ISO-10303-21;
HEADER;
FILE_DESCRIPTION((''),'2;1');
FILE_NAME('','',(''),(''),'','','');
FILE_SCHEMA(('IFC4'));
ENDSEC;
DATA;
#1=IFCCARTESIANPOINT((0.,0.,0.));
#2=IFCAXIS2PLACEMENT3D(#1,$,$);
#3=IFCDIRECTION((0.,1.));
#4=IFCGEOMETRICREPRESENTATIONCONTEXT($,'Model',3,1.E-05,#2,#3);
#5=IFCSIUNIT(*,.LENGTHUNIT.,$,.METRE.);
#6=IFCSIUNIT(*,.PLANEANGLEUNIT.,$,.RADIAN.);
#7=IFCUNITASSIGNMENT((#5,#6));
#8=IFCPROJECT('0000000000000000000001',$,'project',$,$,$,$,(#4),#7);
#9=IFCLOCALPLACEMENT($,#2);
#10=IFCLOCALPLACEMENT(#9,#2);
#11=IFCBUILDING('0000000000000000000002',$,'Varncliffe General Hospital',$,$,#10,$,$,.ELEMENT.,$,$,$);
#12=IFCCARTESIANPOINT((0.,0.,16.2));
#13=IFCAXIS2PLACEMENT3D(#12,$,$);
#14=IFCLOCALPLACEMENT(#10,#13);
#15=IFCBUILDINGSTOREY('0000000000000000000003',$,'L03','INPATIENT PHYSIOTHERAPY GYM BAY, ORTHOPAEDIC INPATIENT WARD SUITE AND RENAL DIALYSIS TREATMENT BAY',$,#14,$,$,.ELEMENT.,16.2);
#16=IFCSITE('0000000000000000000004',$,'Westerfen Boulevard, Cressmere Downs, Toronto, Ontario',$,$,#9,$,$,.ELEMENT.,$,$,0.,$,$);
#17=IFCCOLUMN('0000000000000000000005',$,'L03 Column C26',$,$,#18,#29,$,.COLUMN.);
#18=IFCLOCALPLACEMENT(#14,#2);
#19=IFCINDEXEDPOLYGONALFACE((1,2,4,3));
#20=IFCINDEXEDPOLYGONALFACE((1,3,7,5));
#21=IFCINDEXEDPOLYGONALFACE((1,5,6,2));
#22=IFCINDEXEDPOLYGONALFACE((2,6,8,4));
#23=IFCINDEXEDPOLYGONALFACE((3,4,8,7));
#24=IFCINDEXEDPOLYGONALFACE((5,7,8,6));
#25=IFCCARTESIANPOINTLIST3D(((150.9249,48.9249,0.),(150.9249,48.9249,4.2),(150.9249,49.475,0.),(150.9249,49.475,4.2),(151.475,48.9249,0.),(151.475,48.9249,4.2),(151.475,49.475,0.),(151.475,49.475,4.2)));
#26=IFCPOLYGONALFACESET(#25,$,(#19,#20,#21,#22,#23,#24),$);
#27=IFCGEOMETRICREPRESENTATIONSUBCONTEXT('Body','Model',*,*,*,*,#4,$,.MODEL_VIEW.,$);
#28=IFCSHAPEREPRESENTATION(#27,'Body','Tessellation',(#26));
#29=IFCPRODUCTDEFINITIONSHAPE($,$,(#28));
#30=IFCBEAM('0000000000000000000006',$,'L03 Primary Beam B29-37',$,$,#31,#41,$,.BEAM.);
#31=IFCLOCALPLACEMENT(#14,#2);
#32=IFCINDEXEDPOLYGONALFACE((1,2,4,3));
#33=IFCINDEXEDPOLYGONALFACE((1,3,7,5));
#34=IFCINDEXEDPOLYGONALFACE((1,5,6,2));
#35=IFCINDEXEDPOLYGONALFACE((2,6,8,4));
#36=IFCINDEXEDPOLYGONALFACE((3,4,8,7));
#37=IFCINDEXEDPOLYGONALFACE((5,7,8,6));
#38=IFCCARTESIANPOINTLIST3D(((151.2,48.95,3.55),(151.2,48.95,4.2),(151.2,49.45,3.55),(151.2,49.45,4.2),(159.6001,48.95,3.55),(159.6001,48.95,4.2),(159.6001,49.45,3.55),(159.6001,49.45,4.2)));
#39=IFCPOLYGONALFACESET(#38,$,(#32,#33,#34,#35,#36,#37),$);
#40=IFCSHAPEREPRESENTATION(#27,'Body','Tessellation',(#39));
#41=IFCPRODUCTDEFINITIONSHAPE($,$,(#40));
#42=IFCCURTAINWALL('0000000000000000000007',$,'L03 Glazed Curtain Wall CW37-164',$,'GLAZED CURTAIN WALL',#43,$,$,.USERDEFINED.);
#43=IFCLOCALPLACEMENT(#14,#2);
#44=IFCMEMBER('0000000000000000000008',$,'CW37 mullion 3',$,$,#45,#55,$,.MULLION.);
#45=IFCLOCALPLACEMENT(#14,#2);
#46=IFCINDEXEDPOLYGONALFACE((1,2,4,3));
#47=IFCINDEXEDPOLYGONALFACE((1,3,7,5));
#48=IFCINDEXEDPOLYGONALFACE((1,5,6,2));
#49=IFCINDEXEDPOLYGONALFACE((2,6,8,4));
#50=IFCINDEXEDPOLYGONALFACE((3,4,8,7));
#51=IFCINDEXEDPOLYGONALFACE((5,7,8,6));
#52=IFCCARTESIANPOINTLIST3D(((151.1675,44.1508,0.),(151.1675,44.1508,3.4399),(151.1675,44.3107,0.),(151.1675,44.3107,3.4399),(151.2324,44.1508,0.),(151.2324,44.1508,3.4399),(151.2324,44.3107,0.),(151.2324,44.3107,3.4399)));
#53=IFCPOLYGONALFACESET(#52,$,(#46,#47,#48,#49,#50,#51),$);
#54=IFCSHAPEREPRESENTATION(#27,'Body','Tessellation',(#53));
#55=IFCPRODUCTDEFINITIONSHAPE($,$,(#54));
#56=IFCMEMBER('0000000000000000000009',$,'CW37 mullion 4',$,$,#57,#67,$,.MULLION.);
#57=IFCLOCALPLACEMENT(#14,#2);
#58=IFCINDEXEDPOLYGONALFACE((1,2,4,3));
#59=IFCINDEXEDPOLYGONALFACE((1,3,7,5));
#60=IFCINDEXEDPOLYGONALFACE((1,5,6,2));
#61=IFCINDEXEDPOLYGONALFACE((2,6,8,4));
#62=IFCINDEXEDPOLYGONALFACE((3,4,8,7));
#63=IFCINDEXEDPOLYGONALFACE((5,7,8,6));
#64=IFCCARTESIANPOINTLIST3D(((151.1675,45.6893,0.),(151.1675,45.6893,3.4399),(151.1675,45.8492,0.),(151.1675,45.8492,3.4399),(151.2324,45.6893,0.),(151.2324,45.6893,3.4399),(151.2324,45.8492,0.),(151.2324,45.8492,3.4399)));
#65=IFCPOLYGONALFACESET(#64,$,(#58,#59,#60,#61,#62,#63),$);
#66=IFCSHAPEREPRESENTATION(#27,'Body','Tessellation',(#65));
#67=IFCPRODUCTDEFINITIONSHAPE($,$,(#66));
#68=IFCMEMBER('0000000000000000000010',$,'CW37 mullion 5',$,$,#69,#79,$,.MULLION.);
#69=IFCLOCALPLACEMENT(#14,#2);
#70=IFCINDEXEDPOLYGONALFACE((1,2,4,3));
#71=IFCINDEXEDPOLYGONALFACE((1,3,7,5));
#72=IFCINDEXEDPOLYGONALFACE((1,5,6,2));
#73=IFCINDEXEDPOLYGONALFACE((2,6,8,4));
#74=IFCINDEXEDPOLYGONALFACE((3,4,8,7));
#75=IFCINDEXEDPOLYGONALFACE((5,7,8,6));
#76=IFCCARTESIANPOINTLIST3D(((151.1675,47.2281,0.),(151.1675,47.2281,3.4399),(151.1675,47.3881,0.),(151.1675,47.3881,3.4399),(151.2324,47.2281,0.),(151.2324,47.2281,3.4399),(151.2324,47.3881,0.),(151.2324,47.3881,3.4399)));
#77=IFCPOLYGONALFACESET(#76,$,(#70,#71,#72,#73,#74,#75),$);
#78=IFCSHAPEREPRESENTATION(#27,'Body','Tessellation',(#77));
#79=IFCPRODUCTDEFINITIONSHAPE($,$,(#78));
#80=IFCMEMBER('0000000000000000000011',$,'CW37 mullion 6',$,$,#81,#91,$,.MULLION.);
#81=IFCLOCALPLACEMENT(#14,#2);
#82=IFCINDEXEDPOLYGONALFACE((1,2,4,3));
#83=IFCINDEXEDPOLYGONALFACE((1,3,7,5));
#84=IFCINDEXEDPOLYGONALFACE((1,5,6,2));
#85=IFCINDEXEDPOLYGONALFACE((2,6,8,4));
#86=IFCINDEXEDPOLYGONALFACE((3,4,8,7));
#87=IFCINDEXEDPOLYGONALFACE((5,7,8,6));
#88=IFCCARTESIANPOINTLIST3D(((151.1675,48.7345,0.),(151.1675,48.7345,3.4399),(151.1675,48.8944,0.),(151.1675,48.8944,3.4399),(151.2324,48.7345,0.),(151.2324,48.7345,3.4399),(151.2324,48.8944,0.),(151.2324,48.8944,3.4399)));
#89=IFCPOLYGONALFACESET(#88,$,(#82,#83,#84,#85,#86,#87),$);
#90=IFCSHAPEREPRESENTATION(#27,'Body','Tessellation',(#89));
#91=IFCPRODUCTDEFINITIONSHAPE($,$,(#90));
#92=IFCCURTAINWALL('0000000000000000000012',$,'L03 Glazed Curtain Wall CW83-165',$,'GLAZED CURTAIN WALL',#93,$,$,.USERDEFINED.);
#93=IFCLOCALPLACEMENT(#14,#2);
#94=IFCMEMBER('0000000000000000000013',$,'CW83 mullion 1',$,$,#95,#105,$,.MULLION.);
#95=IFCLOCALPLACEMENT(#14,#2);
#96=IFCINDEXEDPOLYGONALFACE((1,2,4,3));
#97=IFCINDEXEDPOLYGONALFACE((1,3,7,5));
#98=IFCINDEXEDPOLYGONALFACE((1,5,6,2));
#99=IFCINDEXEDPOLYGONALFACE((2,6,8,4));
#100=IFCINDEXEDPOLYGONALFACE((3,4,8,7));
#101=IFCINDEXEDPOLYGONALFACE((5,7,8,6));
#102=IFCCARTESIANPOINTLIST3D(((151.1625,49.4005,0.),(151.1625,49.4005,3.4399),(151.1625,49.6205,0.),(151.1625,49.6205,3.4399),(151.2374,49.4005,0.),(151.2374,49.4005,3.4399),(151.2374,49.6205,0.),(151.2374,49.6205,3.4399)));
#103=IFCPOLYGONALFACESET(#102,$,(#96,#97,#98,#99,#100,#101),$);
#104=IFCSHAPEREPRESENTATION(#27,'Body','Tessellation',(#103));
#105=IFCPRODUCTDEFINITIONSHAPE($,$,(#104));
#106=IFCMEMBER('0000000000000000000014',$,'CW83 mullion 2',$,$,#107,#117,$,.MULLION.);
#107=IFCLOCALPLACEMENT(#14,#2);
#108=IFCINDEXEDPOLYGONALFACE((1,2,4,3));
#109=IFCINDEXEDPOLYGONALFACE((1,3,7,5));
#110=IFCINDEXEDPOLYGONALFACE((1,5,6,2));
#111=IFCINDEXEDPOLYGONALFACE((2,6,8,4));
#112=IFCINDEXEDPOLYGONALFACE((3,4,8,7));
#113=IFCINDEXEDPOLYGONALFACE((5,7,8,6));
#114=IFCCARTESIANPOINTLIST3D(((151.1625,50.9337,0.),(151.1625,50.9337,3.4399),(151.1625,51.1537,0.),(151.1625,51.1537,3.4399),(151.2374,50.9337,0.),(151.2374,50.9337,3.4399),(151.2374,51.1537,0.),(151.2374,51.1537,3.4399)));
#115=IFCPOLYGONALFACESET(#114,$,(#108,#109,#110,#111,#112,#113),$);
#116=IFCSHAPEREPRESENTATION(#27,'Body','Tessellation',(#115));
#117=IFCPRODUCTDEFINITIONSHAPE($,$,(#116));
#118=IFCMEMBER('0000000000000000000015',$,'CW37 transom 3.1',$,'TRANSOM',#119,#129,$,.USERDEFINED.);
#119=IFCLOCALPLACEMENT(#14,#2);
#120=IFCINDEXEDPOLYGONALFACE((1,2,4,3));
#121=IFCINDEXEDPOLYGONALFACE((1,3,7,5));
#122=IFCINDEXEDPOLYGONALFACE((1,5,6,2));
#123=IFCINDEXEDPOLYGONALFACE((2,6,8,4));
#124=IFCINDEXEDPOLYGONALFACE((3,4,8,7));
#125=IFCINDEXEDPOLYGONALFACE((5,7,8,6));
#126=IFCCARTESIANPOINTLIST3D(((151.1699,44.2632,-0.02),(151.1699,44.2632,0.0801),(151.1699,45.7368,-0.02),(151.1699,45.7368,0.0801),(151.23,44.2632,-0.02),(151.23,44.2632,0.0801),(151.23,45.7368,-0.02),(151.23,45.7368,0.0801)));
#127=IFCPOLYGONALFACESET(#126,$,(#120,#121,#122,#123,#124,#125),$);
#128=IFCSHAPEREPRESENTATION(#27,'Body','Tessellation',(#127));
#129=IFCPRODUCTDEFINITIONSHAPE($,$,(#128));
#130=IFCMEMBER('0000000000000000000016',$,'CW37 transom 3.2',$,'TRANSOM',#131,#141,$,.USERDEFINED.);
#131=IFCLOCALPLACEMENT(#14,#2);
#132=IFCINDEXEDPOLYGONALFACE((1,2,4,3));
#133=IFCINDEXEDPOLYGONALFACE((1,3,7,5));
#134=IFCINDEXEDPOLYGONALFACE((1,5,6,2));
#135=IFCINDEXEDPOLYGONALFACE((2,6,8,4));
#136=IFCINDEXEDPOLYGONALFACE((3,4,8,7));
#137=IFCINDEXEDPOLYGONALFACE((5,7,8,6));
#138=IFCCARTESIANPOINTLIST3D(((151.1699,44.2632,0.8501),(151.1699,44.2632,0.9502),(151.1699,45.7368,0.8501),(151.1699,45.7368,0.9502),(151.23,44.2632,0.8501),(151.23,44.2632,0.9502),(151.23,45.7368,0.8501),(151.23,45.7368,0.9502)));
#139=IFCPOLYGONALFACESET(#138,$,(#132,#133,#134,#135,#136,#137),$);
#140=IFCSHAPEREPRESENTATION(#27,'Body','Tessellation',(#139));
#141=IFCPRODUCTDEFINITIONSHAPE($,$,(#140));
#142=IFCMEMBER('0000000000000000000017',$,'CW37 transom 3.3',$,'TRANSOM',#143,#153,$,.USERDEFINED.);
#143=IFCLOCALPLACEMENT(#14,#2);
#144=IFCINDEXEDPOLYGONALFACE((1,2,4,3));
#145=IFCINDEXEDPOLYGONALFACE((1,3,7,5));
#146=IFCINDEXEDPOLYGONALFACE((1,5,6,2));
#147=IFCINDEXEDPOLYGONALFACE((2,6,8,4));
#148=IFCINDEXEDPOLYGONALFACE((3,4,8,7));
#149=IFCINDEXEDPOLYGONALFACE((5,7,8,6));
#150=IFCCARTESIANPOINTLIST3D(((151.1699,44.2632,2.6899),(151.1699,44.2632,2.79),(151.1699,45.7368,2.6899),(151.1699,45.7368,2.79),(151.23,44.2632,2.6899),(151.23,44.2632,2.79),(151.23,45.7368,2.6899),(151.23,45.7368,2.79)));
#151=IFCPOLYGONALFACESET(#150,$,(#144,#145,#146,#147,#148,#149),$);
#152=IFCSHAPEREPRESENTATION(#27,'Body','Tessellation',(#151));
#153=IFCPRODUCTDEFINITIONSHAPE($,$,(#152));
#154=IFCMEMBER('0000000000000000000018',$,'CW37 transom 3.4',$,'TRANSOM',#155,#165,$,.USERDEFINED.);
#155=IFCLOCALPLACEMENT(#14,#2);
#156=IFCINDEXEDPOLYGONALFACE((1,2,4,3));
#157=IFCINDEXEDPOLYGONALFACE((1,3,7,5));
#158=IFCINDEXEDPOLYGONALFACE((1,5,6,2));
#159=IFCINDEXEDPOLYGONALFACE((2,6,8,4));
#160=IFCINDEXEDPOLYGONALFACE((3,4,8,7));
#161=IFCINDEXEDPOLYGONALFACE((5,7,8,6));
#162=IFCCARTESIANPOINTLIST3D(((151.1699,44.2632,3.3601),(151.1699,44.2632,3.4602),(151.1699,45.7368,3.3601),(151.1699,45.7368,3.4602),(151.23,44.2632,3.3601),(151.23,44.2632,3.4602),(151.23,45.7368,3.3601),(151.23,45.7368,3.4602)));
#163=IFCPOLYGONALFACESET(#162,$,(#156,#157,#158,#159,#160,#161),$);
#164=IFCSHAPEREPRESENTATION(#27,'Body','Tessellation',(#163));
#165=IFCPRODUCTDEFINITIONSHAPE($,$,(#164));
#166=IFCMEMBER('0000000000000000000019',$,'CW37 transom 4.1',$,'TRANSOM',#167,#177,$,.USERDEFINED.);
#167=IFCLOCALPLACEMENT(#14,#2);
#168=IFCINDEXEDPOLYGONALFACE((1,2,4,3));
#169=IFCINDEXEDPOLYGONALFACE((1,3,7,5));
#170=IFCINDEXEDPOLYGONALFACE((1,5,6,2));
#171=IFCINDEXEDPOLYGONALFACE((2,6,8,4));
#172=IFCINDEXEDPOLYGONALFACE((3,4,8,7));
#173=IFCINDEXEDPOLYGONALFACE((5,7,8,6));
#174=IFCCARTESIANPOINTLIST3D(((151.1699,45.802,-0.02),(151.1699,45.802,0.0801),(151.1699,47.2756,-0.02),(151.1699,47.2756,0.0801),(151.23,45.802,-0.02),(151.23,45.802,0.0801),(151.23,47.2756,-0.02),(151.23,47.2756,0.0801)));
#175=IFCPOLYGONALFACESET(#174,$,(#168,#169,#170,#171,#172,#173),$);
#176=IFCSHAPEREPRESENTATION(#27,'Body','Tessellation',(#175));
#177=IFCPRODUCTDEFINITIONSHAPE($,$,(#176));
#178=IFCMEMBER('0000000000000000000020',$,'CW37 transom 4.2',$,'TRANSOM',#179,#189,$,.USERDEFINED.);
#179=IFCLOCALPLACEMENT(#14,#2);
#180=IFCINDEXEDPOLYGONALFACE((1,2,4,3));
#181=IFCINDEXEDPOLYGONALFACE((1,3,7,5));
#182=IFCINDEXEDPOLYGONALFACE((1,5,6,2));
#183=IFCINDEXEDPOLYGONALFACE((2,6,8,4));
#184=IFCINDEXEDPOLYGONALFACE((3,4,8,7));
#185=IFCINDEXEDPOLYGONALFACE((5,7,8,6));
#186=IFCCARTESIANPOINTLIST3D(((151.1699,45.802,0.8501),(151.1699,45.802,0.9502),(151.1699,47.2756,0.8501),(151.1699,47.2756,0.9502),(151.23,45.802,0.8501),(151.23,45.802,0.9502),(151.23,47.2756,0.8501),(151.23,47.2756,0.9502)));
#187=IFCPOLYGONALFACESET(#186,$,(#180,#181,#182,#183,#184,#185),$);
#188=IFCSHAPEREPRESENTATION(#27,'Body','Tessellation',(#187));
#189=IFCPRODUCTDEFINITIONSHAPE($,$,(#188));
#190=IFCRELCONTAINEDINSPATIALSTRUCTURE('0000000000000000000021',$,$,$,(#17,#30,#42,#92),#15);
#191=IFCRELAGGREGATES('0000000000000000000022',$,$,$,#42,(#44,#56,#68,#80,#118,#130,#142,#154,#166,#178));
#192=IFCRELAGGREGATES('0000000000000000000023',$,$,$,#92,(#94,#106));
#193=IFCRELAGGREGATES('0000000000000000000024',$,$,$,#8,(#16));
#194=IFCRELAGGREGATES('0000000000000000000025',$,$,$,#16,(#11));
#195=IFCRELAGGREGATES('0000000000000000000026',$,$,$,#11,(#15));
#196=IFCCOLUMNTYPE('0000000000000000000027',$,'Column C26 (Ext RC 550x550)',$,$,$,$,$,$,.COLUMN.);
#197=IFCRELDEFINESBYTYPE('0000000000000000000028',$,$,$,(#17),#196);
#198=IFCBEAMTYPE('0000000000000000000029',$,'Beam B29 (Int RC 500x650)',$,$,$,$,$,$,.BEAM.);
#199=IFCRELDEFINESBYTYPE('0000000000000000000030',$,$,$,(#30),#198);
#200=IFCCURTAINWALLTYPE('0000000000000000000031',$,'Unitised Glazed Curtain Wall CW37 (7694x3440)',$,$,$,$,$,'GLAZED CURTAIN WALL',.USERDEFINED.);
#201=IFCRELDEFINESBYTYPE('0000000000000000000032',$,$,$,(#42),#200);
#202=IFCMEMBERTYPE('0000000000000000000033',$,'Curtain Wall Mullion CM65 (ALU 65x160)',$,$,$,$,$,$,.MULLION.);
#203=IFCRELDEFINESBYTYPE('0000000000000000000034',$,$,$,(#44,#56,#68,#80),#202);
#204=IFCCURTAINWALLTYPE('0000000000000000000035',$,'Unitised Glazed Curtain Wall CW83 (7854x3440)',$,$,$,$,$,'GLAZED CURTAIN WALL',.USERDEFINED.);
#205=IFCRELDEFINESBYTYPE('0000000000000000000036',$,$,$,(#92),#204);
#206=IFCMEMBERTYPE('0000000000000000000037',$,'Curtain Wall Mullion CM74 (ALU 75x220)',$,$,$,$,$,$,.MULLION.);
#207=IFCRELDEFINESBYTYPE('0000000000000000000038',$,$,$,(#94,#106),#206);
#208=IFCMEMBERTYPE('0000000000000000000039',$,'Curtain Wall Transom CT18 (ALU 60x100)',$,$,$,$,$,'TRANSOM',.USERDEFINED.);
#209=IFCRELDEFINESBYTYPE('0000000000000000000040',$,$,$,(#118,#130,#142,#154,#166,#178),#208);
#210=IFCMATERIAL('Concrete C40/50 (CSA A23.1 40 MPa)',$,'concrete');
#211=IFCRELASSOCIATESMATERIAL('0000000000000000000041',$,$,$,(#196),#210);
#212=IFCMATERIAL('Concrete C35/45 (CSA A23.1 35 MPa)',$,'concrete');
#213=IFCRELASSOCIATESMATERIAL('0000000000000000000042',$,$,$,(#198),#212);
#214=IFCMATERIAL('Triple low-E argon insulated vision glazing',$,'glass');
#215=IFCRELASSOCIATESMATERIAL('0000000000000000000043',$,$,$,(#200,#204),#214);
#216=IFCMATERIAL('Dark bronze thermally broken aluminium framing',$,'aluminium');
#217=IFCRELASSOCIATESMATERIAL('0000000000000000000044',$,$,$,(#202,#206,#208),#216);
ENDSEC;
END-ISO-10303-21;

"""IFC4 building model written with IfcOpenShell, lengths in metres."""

from ifc_helpers import new_model, si_unit, direction, frame, origin, origin_2d, place, context, subcontext, project, spatial, rectangle, extrude, material, material_profile, profile_set, type_object, element, aggregate, save


model = new_model("IFC4")

# Units and contexts
model_context = context("Model", 3, precision=1e-05, world=origin(), true_north=direction((0.0, 1.0)))
body_context = subcontext(model_context, "Body", "Model", "MODEL_VIEW")
ifc_project = project(units=[si_unit("LENGTHUNIT", "METRE"), si_unit("PLANEANGLEUNIT", "RADIAN")], contexts=[model_context])

# Site, building, storey
site_placement = place(None, origin())
site = spatial("IfcSite", under=ifc_project, at=site_placement, Name="Westerfen Boulevard, Cressmere Downs, Toronto, Ontario", CompositionType="ELEMENT", RefElevation=0.0)
building_placement = place(site_placement, origin())
building = spatial("IfcBuilding", under=site, at=building_placement, Name="Varncliffe General Hospital", CompositionType="ELEMENT")
storey_placement = place(building_placement, frame((0.0, 0.0, 16.2)))
storey = spatial("IfcBuildingStorey", under=building, at=storey_placement, Name="L03", Description="INPATIENT PHYSIOTHERAPY GYM BAY, ORTHOPAEDIC INPATIENT WARD SUITE AND RENAL DIALYSIS TREATMENT BAY", CompositionType="ELEMENT", Elevation=16.2)

# Column
ifc_material_1 = material(Name="Concrete C40/50 (CSA A23.1 40 MPa)", Category="concrete")
ifc_material_profile_1 = material_profile(ifc_material_1, rectangle(XDim=0.55, YDim=0.55, at=origin_2d()), Name="RC 550x550")
ifc_profile_set_1 = profile_set([ifc_material_profile_1], Name="Concrete C40/50 (CSA A23.1 40 MPa)")
column_type = type_object("IfcColumnType", Name="Column C26 (Ext RC 550x550)", PredefinedType="COLUMN", material=ifc_profile_set_1)
column_placement = place(storey_placement, frame((151.2, 49.2, 0.0), z_axis=(0.0, 0.0, 1.0), x_axis=(1.0, 0.0, 0.0)))
element("IfcColumn", 1, at=column_placement, inside=storey, type_object=column_type, Name="L03 Column C26", PredefinedType="COLUMN", context=body_context, shape_type="SweptSolid", body=[
    extrude(rectangle(XDim=0.55, YDim=0.55, at=origin_2d()), origin(), (0.0, 0.0, 1.0), 4.2),
])

# Beam
ifc_material_2 = material(Name="Concrete C35/45 (CSA A23.1 35 MPa)", Category="concrete")
ifc_material_profile_2 = material_profile(ifc_material_2, rectangle(XDim=0.5, YDim=0.6499, at=origin_2d()), Name="RC 500x650")
ifc_profile_set_2 = profile_set([ifc_material_profile_2], Name="Concrete C35/45 (CSA A23.1 35 MPa)")
beam_type_1 = type_object("IfcBeamType", Name="Beam B29 (Int RC 500x650)", PredefinedType="BEAM", material=ifc_profile_set_2)
beam_1_placement = place(storey_placement, frame((151.2, 49.2, 3.875), z_axis=(1.0, 0.0, 0.0), x_axis=(0.0, 1.0, 0.0)))
element("IfcBeam", 2, at=beam_1_placement, inside=storey, type_object=beam_type_1, Name="L03 Primary Beam B29-37", PredefinedType="BEAM", context=body_context, shape_type="SweptSolid", body=[
    extrude(rectangle(XDim=0.5, YDim=0.6499, at=origin_2d()), origin(), (0.0, 0.0, 1.0), 8.4001),
])

# Curtain walls, members
ifc_material_3 = material(Name="Triple low-E argon insulated vision glazing", Category="glass")
curtain_wall_type_1 = type_object("IfcCurtainWallType", Name="Unitised Glazed Curtain Wall CW37 (7694x3440)", ElementType="GLAZED CURTAIN WALL", PredefinedType="USERDEFINED", material=ifc_material_3)
curtain_wall_1_placement = place(storey_placement, origin())
curtain_wall_1 = element("IfcCurtainWall", 3, at=curtain_wall_1_placement, inside=storey, type_object=curtain_wall_type_1, Name="L03 Glazed Curtain Wall CW37-164", ObjectType="GLAZED CURTAIN WALL", PredefinedType="USERDEFINED")
ifc_material_4 = material(Name="Dark bronze thermally broken aluminium framing", Category="aluminium")
ifc_material_profile_3 = material_profile(ifc_material_4, rectangle(XDim=0.0649, YDim=0.1599, at=origin_2d()), Name="ALU 65x160")
ifc_profile_set_3 = profile_set([ifc_material_profile_3], Name="Dark bronze thermally broken aluminium framing")
member_type_1 = type_object("IfcMemberType", Name="Curtain Wall Mullion CM65 (ALU 65x160)", PredefinedType="MULLION", material=ifc_profile_set_3)
member_1_placement = place(storey_placement, frame((151.2, 44.2307, 0.0), z_axis=(0.0, 0.0, 1.0), x_axis=(-1.0, 0.0, 0.0)))
member_1 = element("IfcMember", 4, at=member_1_placement, type_object=member_type_1, Name="CW37 mullion 3", PredefinedType="MULLION", context=body_context, shape_type="SweptSolid", body=[
    extrude(rectangle(XDim=0.0649, YDim=0.1599, at=origin_2d()), origin(), (0.0, 0.0, 1.0), 3.4399),
])
member_2_placement = place(storey_placement, frame((151.2, 45.7693, 0.0), z_axis=(0.0, 0.0, 1.0), x_axis=(-1.0, 0.0, 0.0)))
member_2 = element("IfcMember", 5, at=member_2_placement, type_object=member_type_1, Name="CW37 mullion 4", PredefinedType="MULLION", context=body_context, shape_type="SweptSolid", body=[
    extrude(rectangle(XDim=0.0649, YDim=0.1599, at=origin_2d()), origin(), (0.0, 0.0, 1.0), 3.4399),
])
member_3_placement = place(storey_placement, frame((151.2, 47.3081, 0.0), z_axis=(0.0, 0.0, 1.0), x_axis=(-1.0, 0.0, 0.0)))
member_3 = element("IfcMember", 6, at=member_3_placement, type_object=member_type_1, Name="CW37 mullion 5", PredefinedType="MULLION", context=body_context, shape_type="SweptSolid", body=[
    extrude(rectangle(XDim=0.0649, YDim=0.1599, at=origin_2d()), origin(), (0.0, 0.0, 1.0), 3.4399),
])
member_4_placement = place(storey_placement, frame((151.2, 48.8145, 0.0), z_axis=(0.0, 0.0, 1.0), x_axis=(-1.0, 0.0, 0.0)))
member_4 = element("IfcMember", 7, at=member_4_placement, type_object=member_type_1, Name="CW37 mullion 6", PredefinedType="MULLION", context=body_context, shape_type="SweptSolid", body=[
    extrude(rectangle(XDim=0.0649, YDim=0.1599, at=origin_2d()), origin(), (0.0, 0.0, 1.0), 3.4399),
])
curtain_wall_type_2 = type_object("IfcCurtainWallType", Name="Unitised Glazed Curtain Wall CW83 (7854x3440)", ElementType="GLAZED CURTAIN WALL", PredefinedType="USERDEFINED", material=ifc_material_3)
curtain_wall_2_placement = place(storey_placement, origin())
curtain_wall_2 = element("IfcCurtainWall", 8, at=curtain_wall_2_placement, inside=storey, type_object=curtain_wall_type_2, Name="L03 Glazed Curtain Wall CW83-165", ObjectType="GLAZED CURTAIN WALL", PredefinedType="USERDEFINED")
ifc_material_profile_4 = material_profile(ifc_material_4, rectangle(XDim=0.075, YDim=0.22, at=origin_2d()), Name="ALU 75x220")
ifc_profile_set_4 = profile_set([ifc_material_profile_4], Name="Dark bronze thermally broken aluminium framing")
member_type_2 = type_object("IfcMemberType", Name="Curtain Wall Mullion CM74 (ALU 75x220)", PredefinedType="MULLION", material=ifc_profile_set_4)
member_5_placement = place(storey_placement, frame((151.2, 49.5105, 0.0), z_axis=(0.0, 0.0, 1.0), x_axis=(-1.0, 0.0, 0.0)))
member_5 = element("IfcMember", 9, at=member_5_placement, type_object=member_type_2, Name="CW83 mullion 1", PredefinedType="MULLION", context=body_context, shape_type="SweptSolid", body=[
    extrude(rectangle(XDim=0.075, YDim=0.22, at=origin_2d()), origin(), (0.0, 0.0, 1.0), 3.4399),
])
member_6_placement = place(storey_placement, frame((151.2, 51.0437, 0.0), z_axis=(0.0, 0.0, 1.0), x_axis=(-1.0, 0.0, 0.0)))
member_6 = element("IfcMember", 10, at=member_6_placement, type_object=member_type_2, Name="CW83 mullion 2", PredefinedType="MULLION", context=body_context, shape_type="SweptSolid", body=[
    extrude(rectangle(XDim=0.075, YDim=0.22, at=origin_2d()), origin(), (0.0, 0.0, 1.0), 3.4399),
])

# Members
ifc_material_profile_5 = material_profile(ifc_material_4, rectangle(XDim=0.0601, YDim=0.1001, at=origin_2d()), Name="ALU 60x100")
ifc_profile_set_5 = profile_set([ifc_material_profile_5], Name="Dark bronze thermally broken aluminium framing")
member_type_3 = type_object("IfcMemberType", Name="Curtain Wall Transom CT18 (ALU 60x100)", ElementType="TRANSOM", PredefinedType="USERDEFINED", material=ifc_profile_set_5)
member_7_placement = place(storey_placement, frame((151.2, 44.2632, 0.03), z_axis=(0.0, 1.0, 0.0), x_axis=(-1.0, 0.0, 0.0)))
member_7 = element("IfcMember", 11, at=member_7_placement, type_object=member_type_3, Name="CW37 transom 3.1", ObjectType="TRANSOM", PredefinedType="USERDEFINED", context=body_context, shape_type="SweptSolid", body=[
    extrude(rectangle(XDim=0.0601, YDim=0.1001, at=origin_2d()), origin(), (0.0, 0.0, 1.0), 1.4736),
])
member_8_placement = place(storey_placement, frame((151.2, 44.2632, 0.9001), z_axis=(0.0, 1.0, 0.0), x_axis=(-1.0, 0.0, 0.0)))
member_8 = element("IfcMember", 12, at=member_8_placement, type_object=member_type_3, Name="CW37 transom 3.2", ObjectType="TRANSOM", PredefinedType="USERDEFINED", context=body_context, shape_type="SweptSolid", body=[
    extrude(rectangle(XDim=0.0601, YDim=0.1001, at=origin_2d()), origin(), (0.0, 0.0, 1.0), 1.4736),
])
member_9_placement = place(storey_placement, frame((151.2, 44.2632, 2.74), z_axis=(0.0, 1.0, 0.0), x_axis=(-1.0, 0.0, 0.0)))
member_9 = element("IfcMember", 13, at=member_9_placement, type_object=member_type_3, Name="CW37 transom 3.3", ObjectType="TRANSOM", PredefinedType="USERDEFINED", context=body_context, shape_type="SweptSolid", body=[
    extrude(rectangle(XDim=0.0601, YDim=0.1001, at=origin_2d()), origin(), (0.0, 0.0, 1.0), 1.4736),
])
member_10_placement = place(storey_placement, frame((151.2, 44.2632, 3.4102), z_axis=(0.0, 1.0, 0.0), x_axis=(-1.0, 0.0, 0.0)))
member_10 = element("IfcMember", 14, at=member_10_placement, type_object=member_type_3, Name="CW37 transom 3.4", ObjectType="TRANSOM", PredefinedType="USERDEFINED", context=body_context, shape_type="SweptSolid", body=[
    extrude(rectangle(XDim=0.0601, YDim=0.1001, at=origin_2d()), origin(), (0.0, 0.0, 1.0), 1.4736),
])
member_11_placement = place(storey_placement, frame((151.2, 45.802, 0.03), z_axis=(0.0, 1.0, 0.0), x_axis=(-1.0, 0.0, 0.0)))
member_11 = element("IfcMember", 15, at=member_11_placement, type_object=member_type_3, Name="CW37 transom 4.1", ObjectType="TRANSOM", PredefinedType="USERDEFINED", context=body_context, shape_type="SweptSolid", body=[
    extrude(rectangle(XDim=0.0601, YDim=0.1001, at=origin_2d()), origin(), (0.0, 0.0, 1.0), 1.4736),
])
member_12_placement = place(storey_placement, frame((151.2, 45.802, 0.9001), z_axis=(0.0, 1.0, 0.0), x_axis=(-1.0, 0.0, 0.0)))
member_12 = element("IfcMember", 16, at=member_12_placement, type_object=member_type_3, Name="CW37 transom 4.2", ObjectType="TRANSOM", PredefinedType="USERDEFINED", context=body_context, shape_type="SweptSolid", body=[
    extrude(rectangle(XDim=0.0601, YDim=0.1001, at=origin_2d()), origin(), (0.0, 0.0, 1.0), 1.4736),
])

aggregate(curtain_wall_1, [member_1, member_2, member_3, member_4, member_7, member_8, member_9, member_10, member_11, member_12])
aggregate(curtain_wall_2, [member_5, member_6])

save(model, "model.ifc")
